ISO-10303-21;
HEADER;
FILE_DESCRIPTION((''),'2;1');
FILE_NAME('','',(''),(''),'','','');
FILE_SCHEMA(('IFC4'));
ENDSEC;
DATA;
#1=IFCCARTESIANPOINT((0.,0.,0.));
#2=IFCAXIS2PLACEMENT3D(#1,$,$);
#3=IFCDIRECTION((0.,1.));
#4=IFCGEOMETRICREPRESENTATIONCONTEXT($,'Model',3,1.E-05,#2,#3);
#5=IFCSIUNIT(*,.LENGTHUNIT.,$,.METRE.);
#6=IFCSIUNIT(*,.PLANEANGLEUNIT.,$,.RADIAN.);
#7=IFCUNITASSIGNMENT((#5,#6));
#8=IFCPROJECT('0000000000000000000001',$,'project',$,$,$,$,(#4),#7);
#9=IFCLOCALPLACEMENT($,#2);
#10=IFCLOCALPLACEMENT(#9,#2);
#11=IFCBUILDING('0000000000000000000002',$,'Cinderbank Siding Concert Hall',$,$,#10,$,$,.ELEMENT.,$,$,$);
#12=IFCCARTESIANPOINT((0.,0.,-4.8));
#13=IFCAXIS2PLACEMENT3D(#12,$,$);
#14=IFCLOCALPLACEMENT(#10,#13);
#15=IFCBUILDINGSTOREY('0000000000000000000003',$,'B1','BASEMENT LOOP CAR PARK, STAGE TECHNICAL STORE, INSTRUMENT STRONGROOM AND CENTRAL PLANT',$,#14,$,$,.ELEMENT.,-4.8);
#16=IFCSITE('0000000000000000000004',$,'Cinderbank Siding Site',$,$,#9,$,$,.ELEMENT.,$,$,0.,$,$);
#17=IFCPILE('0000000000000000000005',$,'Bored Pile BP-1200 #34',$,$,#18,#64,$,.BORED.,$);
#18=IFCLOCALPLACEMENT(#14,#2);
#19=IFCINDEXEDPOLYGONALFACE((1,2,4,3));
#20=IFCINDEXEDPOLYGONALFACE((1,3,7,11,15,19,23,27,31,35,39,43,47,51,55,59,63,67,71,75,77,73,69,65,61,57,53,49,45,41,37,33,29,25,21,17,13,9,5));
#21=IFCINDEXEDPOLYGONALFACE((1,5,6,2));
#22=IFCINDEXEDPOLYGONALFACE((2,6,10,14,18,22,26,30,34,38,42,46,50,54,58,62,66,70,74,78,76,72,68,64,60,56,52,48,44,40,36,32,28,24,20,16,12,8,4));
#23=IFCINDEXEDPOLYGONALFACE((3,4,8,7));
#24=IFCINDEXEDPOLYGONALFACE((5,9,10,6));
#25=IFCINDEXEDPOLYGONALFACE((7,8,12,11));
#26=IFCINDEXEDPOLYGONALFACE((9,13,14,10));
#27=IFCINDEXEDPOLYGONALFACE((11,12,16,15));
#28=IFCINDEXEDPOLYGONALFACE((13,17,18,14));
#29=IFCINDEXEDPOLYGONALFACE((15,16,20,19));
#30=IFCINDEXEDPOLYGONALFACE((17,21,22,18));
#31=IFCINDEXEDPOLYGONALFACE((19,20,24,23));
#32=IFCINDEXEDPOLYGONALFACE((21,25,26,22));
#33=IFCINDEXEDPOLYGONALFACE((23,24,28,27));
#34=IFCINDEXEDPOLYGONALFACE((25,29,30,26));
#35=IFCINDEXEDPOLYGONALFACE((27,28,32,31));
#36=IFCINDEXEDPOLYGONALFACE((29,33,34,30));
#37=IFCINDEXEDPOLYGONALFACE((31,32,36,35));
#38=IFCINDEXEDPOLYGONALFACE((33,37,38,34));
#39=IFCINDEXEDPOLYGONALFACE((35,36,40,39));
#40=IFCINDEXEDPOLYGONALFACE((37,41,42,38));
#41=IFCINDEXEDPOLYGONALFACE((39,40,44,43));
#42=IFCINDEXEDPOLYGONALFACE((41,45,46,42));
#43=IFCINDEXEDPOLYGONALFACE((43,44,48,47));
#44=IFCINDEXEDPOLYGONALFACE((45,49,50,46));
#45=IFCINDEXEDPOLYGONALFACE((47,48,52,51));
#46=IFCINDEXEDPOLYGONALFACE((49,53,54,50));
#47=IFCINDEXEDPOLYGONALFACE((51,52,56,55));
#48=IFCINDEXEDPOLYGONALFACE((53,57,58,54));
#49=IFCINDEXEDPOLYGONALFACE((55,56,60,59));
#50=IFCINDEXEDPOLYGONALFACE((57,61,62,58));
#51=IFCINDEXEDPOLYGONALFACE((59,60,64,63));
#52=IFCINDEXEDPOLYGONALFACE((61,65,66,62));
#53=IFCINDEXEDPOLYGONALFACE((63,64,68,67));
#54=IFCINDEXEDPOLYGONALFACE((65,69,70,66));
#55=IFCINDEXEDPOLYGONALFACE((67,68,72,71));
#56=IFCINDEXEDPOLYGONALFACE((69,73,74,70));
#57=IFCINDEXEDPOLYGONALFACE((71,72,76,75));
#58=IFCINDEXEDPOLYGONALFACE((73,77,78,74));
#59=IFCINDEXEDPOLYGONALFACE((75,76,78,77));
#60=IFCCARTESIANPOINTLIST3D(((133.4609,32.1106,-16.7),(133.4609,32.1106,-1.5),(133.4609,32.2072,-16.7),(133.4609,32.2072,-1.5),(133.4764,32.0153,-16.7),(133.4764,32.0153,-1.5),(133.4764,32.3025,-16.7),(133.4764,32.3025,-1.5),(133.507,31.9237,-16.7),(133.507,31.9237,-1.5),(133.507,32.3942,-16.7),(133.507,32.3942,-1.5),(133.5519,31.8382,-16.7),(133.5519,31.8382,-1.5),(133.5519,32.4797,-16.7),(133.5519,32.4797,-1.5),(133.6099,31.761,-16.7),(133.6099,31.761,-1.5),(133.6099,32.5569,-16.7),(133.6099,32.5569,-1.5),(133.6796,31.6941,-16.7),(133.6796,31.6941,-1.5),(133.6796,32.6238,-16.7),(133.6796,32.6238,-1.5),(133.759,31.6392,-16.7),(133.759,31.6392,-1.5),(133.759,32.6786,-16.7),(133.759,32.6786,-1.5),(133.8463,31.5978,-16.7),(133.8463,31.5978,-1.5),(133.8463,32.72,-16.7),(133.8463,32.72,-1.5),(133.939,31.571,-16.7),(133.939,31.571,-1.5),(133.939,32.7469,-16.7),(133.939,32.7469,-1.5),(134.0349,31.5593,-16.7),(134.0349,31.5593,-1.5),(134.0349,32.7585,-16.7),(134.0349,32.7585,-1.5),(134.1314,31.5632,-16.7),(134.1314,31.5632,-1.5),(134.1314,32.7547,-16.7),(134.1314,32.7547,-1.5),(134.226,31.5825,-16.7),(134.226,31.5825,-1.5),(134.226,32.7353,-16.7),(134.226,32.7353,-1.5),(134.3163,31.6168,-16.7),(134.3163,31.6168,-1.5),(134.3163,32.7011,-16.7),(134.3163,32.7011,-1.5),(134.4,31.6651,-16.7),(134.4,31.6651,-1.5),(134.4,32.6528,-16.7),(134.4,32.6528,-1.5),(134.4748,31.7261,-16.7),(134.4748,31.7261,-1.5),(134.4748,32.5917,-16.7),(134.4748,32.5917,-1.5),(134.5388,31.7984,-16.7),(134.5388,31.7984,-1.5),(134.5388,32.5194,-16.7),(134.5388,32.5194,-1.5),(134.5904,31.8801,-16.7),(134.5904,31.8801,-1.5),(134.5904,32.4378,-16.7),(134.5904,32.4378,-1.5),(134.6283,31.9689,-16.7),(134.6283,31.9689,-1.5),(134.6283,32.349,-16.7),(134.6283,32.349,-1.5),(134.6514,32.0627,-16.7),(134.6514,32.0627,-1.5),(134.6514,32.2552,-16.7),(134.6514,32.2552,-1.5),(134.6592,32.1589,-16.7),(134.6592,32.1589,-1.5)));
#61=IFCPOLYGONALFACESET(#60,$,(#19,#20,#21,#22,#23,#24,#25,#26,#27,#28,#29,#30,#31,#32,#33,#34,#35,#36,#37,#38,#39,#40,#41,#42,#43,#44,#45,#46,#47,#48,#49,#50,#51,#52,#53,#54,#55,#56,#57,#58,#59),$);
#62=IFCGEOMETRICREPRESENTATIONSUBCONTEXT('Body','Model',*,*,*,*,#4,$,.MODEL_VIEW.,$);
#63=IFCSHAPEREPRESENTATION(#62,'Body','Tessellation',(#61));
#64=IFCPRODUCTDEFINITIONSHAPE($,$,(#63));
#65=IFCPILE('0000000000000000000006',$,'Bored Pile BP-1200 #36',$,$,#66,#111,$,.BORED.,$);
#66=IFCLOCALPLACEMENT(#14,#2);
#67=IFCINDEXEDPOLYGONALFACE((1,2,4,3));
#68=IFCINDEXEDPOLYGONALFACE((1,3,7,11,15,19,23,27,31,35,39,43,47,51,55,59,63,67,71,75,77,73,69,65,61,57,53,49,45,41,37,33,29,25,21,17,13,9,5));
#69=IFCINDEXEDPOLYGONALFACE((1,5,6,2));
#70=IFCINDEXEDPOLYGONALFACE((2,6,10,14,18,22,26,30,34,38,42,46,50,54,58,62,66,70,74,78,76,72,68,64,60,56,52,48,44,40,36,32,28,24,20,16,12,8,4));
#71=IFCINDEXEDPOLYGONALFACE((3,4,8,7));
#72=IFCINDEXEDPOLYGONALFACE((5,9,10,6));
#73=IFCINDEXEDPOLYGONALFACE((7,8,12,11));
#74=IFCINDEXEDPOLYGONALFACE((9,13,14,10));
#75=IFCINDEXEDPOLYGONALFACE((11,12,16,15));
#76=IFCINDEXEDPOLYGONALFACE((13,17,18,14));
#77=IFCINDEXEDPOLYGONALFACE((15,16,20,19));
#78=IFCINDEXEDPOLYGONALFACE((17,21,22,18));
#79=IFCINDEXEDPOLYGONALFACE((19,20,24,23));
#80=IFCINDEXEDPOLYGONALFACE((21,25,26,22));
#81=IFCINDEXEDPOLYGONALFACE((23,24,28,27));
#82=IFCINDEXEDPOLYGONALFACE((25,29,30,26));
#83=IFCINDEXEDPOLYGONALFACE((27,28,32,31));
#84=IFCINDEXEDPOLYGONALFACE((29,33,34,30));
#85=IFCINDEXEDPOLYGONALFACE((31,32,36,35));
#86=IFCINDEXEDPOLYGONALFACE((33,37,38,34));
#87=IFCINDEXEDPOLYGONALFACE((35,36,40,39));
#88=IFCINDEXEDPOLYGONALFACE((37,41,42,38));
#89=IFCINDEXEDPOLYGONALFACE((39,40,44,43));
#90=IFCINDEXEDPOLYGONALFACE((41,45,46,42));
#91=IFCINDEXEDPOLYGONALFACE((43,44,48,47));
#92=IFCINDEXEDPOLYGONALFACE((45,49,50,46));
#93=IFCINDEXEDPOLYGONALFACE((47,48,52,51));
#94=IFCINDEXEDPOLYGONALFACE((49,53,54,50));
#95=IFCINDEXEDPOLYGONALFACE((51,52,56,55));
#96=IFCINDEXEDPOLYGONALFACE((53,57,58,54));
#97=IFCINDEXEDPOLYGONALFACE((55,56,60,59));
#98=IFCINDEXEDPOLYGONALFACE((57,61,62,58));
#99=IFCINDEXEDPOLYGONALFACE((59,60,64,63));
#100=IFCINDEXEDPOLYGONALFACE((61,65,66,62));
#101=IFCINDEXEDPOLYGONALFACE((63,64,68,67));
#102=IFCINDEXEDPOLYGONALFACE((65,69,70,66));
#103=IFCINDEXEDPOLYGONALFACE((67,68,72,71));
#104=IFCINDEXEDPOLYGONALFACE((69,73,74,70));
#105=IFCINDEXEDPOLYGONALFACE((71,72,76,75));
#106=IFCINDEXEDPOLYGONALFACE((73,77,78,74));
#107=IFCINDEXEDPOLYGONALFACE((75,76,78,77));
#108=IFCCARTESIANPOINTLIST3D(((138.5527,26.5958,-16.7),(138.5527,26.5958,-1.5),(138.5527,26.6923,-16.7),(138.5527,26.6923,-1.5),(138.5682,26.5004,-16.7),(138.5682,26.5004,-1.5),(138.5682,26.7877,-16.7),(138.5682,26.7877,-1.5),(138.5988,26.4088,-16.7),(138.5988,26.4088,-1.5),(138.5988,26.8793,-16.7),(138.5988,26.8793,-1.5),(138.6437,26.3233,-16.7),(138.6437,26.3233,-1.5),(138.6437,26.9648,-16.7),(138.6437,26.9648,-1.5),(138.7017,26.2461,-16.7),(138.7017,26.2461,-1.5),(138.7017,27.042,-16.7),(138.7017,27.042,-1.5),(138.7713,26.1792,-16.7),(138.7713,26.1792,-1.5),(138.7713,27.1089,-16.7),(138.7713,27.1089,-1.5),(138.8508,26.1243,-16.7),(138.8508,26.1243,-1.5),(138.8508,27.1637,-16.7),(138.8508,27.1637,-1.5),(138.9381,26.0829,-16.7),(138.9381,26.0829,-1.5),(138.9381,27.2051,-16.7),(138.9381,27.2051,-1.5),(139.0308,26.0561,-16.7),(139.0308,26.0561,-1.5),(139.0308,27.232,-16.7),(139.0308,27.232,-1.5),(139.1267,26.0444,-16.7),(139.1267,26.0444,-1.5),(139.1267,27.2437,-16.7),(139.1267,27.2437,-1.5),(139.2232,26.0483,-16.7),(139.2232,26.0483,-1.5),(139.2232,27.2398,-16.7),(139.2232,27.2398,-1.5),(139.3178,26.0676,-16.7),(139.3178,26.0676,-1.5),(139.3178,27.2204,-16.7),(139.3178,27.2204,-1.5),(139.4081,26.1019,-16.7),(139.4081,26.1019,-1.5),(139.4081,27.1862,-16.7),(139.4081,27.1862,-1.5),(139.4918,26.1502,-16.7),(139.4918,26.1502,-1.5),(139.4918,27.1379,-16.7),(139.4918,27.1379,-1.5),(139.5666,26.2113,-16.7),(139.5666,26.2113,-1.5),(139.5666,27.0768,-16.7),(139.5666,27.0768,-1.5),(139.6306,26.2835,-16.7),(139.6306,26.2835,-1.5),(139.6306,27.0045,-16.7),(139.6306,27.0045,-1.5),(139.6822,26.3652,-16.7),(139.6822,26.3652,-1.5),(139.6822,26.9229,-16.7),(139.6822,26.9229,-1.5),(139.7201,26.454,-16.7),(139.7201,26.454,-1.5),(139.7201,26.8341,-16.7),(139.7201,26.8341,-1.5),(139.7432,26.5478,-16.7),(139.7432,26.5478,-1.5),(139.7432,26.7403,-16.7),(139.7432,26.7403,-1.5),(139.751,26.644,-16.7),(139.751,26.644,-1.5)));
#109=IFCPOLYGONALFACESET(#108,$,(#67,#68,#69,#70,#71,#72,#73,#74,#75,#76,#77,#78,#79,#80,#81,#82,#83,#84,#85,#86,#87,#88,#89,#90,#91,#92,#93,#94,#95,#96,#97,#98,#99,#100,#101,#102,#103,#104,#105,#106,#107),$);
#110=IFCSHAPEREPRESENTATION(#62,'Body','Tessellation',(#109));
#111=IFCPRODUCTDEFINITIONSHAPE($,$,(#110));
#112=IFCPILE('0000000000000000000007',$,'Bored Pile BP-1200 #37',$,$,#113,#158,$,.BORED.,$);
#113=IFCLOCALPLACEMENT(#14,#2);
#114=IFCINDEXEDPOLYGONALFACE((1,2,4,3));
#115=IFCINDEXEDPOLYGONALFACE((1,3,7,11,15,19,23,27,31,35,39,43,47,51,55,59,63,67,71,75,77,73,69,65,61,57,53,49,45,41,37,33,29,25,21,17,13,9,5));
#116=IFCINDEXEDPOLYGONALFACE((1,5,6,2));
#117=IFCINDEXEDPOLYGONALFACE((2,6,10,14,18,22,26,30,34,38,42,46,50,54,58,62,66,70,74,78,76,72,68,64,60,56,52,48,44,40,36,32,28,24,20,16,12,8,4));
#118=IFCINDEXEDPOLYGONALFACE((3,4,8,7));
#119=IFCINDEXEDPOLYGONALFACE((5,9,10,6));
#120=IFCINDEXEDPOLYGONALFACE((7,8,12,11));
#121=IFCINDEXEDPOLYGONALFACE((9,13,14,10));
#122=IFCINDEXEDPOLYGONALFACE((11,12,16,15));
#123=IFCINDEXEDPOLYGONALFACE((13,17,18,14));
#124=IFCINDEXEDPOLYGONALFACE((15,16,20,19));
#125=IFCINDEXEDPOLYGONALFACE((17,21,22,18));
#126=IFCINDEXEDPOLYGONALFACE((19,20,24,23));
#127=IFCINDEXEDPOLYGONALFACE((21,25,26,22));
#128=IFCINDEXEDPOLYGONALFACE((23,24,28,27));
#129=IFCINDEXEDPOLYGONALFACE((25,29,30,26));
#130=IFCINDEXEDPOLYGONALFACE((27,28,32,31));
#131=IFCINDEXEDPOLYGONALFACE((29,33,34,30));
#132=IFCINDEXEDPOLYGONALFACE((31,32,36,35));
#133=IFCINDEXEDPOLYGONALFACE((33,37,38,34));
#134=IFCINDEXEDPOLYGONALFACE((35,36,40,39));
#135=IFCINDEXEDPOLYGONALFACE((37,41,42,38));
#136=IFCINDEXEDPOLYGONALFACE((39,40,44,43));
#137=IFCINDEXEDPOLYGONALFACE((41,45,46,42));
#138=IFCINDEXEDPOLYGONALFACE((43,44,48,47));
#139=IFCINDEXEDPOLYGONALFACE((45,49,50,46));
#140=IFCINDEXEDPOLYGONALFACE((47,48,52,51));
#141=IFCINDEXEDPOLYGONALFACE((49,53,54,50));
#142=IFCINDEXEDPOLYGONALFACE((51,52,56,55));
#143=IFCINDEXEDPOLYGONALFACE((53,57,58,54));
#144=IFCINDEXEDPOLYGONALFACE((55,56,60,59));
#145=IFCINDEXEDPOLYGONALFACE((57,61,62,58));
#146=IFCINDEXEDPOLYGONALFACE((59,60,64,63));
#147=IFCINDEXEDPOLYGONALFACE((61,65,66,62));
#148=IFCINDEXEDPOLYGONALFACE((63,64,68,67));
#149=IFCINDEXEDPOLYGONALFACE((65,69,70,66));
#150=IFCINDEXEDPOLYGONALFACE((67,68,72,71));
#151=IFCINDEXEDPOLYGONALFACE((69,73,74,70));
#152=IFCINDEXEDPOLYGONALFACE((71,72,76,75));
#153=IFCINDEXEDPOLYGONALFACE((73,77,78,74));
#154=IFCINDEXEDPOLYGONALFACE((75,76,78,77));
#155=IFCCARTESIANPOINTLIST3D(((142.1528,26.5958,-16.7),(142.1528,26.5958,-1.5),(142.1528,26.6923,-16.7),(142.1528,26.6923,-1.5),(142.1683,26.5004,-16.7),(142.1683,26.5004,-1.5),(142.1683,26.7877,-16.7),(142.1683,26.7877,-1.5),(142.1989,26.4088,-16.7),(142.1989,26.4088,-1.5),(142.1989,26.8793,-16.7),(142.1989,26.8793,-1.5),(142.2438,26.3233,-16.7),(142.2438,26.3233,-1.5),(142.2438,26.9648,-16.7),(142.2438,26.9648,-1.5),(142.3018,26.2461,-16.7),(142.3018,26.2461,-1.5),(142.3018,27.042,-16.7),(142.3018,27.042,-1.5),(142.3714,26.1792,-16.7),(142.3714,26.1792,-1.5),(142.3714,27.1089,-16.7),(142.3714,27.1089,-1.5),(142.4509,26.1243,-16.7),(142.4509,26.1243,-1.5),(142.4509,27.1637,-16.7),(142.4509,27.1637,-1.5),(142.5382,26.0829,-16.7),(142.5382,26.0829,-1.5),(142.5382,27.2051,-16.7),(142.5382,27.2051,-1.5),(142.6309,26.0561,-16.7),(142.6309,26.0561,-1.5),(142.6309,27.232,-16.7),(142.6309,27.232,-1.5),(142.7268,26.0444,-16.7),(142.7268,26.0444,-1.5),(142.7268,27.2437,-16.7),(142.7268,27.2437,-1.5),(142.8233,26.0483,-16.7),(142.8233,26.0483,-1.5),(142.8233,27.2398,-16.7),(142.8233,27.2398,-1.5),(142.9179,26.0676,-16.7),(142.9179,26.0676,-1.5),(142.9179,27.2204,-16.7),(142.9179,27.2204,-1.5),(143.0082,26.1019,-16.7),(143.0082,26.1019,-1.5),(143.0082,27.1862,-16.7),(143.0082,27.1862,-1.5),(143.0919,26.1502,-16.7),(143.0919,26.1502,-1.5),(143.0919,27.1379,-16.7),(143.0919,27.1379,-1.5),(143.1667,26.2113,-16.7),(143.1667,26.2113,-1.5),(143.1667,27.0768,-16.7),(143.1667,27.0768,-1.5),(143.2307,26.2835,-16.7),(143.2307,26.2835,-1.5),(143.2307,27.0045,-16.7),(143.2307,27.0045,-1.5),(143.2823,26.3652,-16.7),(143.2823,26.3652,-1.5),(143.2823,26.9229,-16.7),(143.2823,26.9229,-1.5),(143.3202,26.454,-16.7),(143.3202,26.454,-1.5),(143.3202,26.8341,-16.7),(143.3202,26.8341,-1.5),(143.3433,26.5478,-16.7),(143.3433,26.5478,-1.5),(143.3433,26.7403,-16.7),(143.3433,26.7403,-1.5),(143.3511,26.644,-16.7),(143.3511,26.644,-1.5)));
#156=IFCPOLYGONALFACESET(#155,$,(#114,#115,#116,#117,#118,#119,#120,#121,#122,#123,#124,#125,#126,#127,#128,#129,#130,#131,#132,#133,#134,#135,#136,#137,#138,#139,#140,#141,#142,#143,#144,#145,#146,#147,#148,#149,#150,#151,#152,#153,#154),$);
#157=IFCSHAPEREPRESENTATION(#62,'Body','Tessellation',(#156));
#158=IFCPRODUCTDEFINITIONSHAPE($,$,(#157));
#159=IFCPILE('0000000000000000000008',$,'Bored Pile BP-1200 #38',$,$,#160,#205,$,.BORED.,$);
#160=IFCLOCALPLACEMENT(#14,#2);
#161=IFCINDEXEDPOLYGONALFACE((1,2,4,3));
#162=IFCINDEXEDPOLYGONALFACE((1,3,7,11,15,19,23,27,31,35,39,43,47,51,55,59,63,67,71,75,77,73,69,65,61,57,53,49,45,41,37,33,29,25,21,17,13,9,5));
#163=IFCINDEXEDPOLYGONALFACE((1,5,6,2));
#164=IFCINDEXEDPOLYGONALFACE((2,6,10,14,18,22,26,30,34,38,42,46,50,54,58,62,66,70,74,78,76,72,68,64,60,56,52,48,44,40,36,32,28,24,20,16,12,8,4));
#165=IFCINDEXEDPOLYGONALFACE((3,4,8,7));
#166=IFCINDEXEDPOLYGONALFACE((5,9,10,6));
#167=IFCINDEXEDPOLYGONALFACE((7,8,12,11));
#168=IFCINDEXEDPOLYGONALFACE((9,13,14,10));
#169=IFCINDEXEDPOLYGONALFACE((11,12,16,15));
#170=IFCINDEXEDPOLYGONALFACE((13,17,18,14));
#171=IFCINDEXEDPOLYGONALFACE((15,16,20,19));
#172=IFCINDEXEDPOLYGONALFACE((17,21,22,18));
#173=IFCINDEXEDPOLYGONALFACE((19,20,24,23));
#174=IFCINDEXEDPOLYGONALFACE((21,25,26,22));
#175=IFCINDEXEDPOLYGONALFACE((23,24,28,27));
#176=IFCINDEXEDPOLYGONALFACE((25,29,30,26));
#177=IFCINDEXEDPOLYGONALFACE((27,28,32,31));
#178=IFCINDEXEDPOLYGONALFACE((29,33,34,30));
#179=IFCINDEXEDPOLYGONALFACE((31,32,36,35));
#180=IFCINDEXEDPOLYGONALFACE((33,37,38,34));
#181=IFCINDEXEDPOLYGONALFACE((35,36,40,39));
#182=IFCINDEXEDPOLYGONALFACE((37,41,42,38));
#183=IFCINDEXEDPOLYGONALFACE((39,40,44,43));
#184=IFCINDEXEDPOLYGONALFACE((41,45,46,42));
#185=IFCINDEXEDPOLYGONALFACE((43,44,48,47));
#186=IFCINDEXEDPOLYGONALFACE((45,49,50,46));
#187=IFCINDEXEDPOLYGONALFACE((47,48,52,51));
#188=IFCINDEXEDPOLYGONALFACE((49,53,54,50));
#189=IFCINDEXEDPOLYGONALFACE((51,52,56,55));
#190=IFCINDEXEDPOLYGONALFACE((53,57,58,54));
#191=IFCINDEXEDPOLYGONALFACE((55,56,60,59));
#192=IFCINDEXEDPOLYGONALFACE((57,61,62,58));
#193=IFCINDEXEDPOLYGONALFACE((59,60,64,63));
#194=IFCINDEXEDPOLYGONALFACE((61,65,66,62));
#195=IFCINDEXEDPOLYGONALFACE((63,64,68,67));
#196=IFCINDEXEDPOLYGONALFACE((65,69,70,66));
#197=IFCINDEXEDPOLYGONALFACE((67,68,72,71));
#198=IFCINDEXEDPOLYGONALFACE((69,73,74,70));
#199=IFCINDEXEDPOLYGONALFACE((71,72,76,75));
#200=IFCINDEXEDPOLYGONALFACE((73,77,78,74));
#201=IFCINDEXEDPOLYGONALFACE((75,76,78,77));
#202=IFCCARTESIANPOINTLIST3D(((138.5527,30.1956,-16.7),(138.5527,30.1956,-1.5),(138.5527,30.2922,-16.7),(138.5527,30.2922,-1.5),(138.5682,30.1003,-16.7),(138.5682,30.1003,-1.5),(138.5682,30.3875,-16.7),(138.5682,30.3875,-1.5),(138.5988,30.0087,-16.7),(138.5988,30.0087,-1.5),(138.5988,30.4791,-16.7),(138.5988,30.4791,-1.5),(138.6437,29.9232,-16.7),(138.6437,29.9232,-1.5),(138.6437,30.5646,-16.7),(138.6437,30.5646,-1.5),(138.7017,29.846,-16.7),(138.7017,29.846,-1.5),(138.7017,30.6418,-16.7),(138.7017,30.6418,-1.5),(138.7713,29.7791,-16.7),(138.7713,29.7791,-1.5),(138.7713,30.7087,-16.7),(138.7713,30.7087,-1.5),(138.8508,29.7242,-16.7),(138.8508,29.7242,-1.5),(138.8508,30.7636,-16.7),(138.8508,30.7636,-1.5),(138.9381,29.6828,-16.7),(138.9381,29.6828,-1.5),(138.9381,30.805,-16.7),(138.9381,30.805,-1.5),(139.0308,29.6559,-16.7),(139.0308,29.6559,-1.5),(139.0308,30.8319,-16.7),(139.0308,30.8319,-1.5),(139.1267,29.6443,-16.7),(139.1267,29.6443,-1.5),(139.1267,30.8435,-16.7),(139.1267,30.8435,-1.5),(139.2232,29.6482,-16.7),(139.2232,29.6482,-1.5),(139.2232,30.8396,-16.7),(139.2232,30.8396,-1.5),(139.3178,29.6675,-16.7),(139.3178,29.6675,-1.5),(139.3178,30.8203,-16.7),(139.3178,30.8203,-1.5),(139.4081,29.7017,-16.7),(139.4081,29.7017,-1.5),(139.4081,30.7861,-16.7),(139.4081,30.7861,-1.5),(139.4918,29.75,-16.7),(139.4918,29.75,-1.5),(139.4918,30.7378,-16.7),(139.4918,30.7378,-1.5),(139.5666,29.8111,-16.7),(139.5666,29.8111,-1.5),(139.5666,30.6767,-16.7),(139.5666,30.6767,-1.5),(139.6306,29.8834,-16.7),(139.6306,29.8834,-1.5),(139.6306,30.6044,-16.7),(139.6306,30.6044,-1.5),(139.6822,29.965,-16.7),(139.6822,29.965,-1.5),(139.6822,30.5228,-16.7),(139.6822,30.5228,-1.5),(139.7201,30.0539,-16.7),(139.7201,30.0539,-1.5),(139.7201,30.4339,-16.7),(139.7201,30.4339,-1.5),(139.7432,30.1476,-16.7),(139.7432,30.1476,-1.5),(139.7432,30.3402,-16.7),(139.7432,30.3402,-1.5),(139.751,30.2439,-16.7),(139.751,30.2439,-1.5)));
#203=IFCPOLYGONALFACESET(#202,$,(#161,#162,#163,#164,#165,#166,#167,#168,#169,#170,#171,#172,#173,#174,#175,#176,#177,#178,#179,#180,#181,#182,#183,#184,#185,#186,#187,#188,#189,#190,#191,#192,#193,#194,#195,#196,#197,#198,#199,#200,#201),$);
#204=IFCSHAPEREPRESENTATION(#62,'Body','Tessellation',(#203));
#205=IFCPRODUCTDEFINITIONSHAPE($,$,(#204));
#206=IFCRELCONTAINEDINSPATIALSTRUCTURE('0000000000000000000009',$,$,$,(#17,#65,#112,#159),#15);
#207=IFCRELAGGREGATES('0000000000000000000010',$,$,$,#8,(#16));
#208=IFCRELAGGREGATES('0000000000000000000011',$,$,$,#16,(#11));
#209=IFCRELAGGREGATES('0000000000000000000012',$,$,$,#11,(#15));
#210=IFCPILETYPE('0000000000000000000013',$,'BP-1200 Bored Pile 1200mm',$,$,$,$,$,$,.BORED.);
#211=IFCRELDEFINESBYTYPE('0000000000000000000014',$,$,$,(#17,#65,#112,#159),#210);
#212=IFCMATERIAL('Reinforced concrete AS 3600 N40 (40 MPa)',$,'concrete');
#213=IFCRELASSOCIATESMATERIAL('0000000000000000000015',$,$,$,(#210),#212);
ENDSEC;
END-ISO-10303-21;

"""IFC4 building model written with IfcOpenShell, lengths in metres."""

from ifc_helpers import new_model, si_unit, direction, frame, origin, origin_2d, place, context, subcontext, project, spatial, circle, extrude, material, material_profile, profile_set, type_object, element, save


model = new_model("IFC4")

# Units and contexts
model_context = context("Model", 3, precision=1e-05, world=origin(), true_north=direction((0.0, 1.0)))
body_context = subcontext(model_context, "Body", "Model", "MODEL_VIEW")
ifc_project = project(units=[si_unit("LENGTHUNIT", "METRE"), si_unit("PLANEANGLEUNIT", "RADIAN")], contexts=[model_context])

# Site, building, storey
site_placement = place(None, origin())
site = spatial("IfcSite", under=ifc_project, at=site_placement, Name="Cinderbank Siding Site", CompositionType="ELEMENT", RefElevation=0.0)
building_placement = place(site_placement, origin())
building = spatial("IfcBuilding", under=site, at=building_placement, Name="Cinderbank Siding Concert Hall", CompositionType="ELEMENT")
storey_placement = place(building_placement, frame((0.0, 0.0, -4.8)))
storey = spatial("IfcBuildingStorey", under=building, at=storey_placement, Name="B1", Description="BASEMENT LOOP CAR PARK, STAGE TECHNICAL STORE, INSTRUMENT STRONGROOM AND CENTRAL PLANT", CompositionType="ELEMENT", Elevation=-4.8)

# Piles
ifc_material_1 = material(Name="Reinforced concrete AS 3600 N40 (40 MPa)", Category="concrete")
ifc_material_profile_1 = material_profile(ifc_material_1, circle(Radius=0.6001, at=origin_2d()), Name="PILE-1200DIA", Category="LoadBearing")
ifc_profile_set_1 = profile_set([ifc_material_profile_1], Name="Reinforced concrete AS 3600 N40 (40 MPa)")
pile_type_1 = type_object("IfcPileType", Name="BP-1200 Bored Pile 1200mm", PredefinedType="BORED", material=ifc_profile_set_1)
for number, where, z_axis, x_axis, name in (
    (1, (134.0591, 32.1589, -1.5), (0.0, 0.0, -1.0), (1.0, 0.0, 0.0), "Bored Pile BP-1200 #34"),
    (2, (139.1509, 26.644, -1.5), (0.0, 0.0, -1.0), (1.0, 0.0, 0.0), "Bored Pile BP-1200 #36"),
    (3, (142.751, 26.644, -1.5), (0.0, 0.0, -1.0), (1.0, 0.0, 0.0), "Bored Pile BP-1200 #37"),
    (4, (139.1509, 30.2439, -1.5), (0.0, 0.0, -1.0), (1.0, 0.0, 0.0), "Bored Pile BP-1200 #38"),
):
    element("IfcPile", number, at=place(storey_placement, frame(where, z_axis=z_axis, x_axis=x_axis)), inside=storey, type_object=pile_type_1, Name=name, PredefinedType="BORED", context=body_context, shape_type="SweptSolid", body=[
        extrude(circle(Radius=0.6001, at=origin_2d()), origin(), (0.0, 0.0, 1.0), 15.2),
    ])

save(model, "model.ifc")
